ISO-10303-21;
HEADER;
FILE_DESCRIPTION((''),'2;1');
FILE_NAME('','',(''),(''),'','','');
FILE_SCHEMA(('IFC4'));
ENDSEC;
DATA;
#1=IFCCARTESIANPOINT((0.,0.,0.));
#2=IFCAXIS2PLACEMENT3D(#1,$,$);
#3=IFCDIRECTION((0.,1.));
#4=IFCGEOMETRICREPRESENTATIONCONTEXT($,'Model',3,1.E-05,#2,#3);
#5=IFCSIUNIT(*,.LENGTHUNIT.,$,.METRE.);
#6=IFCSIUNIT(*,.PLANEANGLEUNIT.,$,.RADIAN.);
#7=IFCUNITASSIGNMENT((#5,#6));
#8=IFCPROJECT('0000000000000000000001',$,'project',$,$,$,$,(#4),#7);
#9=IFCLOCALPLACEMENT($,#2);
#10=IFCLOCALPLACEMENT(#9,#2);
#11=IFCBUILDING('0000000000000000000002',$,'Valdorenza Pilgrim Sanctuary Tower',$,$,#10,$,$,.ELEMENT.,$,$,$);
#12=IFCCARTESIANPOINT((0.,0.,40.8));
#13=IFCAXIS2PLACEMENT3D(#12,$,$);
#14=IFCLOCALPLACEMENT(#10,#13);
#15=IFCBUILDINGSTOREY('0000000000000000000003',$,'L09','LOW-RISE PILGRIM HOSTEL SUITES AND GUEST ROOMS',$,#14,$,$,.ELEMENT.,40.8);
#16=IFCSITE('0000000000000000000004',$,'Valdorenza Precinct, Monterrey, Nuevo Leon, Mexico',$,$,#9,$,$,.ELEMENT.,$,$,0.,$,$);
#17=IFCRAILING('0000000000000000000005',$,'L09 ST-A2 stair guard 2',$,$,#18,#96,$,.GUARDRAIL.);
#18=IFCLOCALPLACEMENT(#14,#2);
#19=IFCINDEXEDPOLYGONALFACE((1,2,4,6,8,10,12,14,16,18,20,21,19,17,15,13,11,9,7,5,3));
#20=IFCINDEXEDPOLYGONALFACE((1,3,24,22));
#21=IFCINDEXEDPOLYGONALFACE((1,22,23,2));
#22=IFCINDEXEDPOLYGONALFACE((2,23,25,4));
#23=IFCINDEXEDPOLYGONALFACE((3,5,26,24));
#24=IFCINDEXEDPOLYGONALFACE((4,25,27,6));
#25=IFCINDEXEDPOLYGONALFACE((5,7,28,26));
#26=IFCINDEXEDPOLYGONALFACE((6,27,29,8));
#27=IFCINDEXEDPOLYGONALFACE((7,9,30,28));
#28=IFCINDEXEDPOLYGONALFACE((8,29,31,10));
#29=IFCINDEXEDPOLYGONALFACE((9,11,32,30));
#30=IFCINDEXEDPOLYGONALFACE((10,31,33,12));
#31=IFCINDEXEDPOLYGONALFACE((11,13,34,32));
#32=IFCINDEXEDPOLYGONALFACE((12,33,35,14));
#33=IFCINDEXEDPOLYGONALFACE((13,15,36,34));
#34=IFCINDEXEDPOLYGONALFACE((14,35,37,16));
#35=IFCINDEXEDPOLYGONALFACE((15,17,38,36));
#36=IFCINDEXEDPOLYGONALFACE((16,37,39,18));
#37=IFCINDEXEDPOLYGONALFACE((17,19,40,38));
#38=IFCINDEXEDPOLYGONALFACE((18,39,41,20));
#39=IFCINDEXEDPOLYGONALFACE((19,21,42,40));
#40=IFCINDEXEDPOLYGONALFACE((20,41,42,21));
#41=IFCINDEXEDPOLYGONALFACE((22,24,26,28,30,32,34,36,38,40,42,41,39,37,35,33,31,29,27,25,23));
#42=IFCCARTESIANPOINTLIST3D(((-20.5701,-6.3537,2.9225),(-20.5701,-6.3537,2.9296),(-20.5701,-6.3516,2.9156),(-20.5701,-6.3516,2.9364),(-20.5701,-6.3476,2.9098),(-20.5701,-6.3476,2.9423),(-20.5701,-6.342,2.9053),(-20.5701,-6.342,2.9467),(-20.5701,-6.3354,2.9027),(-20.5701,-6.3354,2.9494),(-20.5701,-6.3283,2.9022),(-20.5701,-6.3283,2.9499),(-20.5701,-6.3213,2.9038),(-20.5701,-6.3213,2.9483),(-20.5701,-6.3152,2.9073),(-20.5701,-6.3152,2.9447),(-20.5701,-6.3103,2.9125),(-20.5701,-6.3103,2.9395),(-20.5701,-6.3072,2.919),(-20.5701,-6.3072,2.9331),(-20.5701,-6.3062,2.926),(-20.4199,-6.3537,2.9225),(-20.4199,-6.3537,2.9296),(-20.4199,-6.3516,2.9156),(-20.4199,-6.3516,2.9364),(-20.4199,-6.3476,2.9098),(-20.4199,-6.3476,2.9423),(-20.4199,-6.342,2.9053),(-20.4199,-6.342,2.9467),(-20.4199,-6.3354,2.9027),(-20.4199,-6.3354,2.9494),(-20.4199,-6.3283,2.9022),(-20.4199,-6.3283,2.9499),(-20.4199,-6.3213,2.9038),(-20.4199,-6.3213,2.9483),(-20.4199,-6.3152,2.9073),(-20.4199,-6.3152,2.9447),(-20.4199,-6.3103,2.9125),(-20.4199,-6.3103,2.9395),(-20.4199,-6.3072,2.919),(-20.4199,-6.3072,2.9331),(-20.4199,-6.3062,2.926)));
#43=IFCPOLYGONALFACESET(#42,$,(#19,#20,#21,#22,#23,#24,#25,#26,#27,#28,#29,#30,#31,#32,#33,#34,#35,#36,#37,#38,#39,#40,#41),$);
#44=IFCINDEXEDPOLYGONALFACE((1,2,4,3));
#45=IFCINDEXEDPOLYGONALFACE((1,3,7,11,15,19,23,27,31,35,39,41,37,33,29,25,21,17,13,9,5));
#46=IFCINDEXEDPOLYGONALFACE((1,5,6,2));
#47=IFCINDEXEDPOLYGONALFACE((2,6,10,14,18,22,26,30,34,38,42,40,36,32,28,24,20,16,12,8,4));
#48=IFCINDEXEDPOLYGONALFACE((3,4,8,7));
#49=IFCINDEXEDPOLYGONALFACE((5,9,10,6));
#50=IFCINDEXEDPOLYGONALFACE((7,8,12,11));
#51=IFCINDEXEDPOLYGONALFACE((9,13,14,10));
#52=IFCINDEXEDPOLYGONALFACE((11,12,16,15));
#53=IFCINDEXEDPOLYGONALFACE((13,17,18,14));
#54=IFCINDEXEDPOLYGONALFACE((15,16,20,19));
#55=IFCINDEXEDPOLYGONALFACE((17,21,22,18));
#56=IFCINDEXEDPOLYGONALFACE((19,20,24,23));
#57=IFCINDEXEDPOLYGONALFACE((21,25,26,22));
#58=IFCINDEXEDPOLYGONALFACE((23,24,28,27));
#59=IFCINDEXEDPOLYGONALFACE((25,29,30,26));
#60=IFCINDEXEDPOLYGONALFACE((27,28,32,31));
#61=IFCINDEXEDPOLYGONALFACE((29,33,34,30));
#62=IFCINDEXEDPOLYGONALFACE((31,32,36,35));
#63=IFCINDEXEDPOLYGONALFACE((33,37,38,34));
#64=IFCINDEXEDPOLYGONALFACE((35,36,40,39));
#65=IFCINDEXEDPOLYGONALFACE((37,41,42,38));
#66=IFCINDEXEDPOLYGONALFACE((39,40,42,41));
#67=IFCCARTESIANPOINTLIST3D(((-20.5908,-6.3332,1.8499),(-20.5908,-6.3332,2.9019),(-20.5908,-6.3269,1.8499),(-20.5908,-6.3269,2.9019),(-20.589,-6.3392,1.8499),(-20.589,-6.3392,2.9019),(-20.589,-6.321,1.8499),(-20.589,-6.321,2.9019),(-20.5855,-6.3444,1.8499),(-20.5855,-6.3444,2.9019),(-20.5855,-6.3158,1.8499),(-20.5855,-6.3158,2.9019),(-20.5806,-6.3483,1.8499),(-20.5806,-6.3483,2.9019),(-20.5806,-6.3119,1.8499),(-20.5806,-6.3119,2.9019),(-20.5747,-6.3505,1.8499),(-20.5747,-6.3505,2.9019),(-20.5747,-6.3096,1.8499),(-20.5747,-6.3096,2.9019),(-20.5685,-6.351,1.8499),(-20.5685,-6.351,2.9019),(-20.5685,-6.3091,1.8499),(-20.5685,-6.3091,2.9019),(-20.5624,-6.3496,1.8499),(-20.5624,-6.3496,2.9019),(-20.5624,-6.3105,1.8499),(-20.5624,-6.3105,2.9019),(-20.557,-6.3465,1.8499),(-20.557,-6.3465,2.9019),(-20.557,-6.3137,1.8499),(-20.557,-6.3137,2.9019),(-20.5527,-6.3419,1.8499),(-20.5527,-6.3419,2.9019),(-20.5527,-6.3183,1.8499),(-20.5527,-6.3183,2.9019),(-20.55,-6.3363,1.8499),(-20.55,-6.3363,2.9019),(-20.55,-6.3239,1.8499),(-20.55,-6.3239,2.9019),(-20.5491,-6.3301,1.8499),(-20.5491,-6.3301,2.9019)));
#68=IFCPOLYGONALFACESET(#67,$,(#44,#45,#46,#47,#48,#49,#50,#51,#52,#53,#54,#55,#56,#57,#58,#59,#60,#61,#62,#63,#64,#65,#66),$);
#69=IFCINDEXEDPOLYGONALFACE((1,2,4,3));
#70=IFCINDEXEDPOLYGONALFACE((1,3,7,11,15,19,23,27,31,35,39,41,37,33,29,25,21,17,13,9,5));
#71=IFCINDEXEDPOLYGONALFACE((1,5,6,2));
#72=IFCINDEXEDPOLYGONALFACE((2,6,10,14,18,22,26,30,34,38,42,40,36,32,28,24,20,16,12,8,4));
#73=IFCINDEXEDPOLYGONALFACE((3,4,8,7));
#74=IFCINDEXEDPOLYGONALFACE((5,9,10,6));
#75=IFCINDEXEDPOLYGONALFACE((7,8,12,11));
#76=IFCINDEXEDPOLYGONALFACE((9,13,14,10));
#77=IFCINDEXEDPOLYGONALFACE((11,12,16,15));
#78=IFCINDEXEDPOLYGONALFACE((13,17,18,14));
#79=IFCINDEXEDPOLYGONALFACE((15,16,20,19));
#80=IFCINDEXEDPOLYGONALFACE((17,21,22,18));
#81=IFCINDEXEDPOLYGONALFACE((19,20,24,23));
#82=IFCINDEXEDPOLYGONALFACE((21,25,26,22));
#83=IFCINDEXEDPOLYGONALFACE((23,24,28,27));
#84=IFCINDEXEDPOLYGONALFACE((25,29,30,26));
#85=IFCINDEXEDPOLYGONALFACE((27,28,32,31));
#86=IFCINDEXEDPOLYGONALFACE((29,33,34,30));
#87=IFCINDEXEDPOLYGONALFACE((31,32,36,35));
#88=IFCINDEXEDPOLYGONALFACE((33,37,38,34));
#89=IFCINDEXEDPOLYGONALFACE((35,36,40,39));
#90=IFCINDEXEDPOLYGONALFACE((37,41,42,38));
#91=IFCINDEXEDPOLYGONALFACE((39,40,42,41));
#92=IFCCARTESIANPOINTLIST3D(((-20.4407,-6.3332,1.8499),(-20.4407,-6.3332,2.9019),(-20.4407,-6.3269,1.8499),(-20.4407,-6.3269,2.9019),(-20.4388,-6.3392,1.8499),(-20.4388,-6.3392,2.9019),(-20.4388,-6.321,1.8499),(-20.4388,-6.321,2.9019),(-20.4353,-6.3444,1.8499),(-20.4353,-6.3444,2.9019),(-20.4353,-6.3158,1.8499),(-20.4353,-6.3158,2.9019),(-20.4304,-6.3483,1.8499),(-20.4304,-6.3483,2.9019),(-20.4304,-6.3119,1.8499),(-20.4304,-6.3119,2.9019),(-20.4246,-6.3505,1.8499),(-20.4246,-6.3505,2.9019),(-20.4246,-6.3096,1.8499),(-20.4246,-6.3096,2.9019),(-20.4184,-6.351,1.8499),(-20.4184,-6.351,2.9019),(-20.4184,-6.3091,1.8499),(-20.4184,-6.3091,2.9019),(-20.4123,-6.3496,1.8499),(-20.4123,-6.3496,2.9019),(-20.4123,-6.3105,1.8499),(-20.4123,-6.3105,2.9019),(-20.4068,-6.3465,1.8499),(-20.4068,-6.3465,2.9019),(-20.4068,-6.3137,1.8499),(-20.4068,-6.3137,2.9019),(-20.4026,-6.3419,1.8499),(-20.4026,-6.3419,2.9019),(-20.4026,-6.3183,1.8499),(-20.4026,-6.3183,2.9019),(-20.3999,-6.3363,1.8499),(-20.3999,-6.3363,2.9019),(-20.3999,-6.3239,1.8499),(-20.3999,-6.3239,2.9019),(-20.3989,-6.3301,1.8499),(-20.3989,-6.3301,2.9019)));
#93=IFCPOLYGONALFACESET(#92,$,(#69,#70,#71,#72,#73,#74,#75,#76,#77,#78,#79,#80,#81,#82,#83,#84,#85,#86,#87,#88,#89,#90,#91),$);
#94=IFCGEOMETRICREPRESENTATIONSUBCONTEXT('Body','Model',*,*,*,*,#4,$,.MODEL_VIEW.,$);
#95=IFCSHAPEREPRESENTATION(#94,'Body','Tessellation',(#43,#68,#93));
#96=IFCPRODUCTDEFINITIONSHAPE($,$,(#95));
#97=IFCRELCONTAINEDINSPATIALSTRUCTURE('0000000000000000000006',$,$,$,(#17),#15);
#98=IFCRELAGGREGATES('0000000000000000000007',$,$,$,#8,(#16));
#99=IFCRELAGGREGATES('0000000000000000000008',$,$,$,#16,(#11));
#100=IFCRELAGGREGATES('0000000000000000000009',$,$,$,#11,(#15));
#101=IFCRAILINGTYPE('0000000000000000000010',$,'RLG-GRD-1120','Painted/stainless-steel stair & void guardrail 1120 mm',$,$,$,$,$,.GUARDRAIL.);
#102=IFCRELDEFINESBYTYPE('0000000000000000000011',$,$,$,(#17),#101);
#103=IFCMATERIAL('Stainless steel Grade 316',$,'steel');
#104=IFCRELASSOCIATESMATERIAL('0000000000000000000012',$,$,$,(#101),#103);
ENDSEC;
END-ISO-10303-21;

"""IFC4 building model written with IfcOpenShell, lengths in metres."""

from ifc_helpers import new_model, si_unit, direction, frame, origin, origin_2d, place, context, subcontext, project, spatial, circle, extrude, material, type_object, element, save


model = new_model("IFC4")

# Units and contexts
model_context = context("Model", 3, precision=1e-05, world=origin(), true_north=direction((0.0, 1.0)))
body_context = subcontext(model_context, "Body", "Model", "MODEL_VIEW")
ifc_project = project(units=[si_unit("LENGTHUNIT", "METRE"), si_unit("PLANEANGLEUNIT", "RADIAN")], contexts=[model_context])

# Site, building, storey
site_placement = place(None, origin())
site = spatial("IfcSite", under=ifc_project, at=site_placement, Name="Valdorenza Precinct, Monterrey, Nuevo Leon, Mexico", CompositionType="ELEMENT", RefElevation=0.0)
building_placement = place(site_placement, origin())
building = spatial("IfcBuilding", under=site, at=building_placement, Name="Valdorenza Pilgrim Sanctuary Tower", CompositionType="ELEMENT")
storey_placement = place(building_placement, frame((0.0, 0.0, 40.8)))
storey = spatial("IfcBuildingStorey", under=building, at=storey_placement, Name="L09", Description="LOW-RISE PILGRIM HOSTEL SUITES AND GUEST ROOMS", CompositionType="ELEMENT", Elevation=40.8)

# Railing
ifc_material_1 = material(Name="Stainless steel Grade 316", Category="steel")
railing_type_1 = type_object("IfcRailingType", Name="RLG-GRD-1120", Description="Painted/stainless-steel stair & void guardrail 1120 mm", PredefinedType="GUARDRAIL", material=ifc_material_1)
railing_1_placement = place(storey_placement, frame((-20.5701, -6.3301, 1.8499)))
element("IfcRailing", 1, at=railing_1_placement, inside=storey, type_object=railing_type_1, Name="L09 ST-A2 stair guard 2", PredefinedType="GUARDRAIL", context=body_context, shape_type="SweptSolid", body=[
    extrude(circle(Radius=0.0239, at=origin_2d()), frame((0.0, 0.0, 1.0762), z_axis=(1.0, 0.0, 0.0), x_axis=(0.0, 1.0, 0.0)), (0.0, 0.0, 1.0), 0.1501),
    extrude(circle(Radius=0.021, at=origin_2d()), origin(), (0.0, 0.0, 1.0), 1.052),
    extrude(circle(Radius=0.021, at=origin_2d()), frame((0.1501, 0.0, 0.0)), (0.0, 0.0, 1.0), 1.052),
])

save(model, "model.ifc")
